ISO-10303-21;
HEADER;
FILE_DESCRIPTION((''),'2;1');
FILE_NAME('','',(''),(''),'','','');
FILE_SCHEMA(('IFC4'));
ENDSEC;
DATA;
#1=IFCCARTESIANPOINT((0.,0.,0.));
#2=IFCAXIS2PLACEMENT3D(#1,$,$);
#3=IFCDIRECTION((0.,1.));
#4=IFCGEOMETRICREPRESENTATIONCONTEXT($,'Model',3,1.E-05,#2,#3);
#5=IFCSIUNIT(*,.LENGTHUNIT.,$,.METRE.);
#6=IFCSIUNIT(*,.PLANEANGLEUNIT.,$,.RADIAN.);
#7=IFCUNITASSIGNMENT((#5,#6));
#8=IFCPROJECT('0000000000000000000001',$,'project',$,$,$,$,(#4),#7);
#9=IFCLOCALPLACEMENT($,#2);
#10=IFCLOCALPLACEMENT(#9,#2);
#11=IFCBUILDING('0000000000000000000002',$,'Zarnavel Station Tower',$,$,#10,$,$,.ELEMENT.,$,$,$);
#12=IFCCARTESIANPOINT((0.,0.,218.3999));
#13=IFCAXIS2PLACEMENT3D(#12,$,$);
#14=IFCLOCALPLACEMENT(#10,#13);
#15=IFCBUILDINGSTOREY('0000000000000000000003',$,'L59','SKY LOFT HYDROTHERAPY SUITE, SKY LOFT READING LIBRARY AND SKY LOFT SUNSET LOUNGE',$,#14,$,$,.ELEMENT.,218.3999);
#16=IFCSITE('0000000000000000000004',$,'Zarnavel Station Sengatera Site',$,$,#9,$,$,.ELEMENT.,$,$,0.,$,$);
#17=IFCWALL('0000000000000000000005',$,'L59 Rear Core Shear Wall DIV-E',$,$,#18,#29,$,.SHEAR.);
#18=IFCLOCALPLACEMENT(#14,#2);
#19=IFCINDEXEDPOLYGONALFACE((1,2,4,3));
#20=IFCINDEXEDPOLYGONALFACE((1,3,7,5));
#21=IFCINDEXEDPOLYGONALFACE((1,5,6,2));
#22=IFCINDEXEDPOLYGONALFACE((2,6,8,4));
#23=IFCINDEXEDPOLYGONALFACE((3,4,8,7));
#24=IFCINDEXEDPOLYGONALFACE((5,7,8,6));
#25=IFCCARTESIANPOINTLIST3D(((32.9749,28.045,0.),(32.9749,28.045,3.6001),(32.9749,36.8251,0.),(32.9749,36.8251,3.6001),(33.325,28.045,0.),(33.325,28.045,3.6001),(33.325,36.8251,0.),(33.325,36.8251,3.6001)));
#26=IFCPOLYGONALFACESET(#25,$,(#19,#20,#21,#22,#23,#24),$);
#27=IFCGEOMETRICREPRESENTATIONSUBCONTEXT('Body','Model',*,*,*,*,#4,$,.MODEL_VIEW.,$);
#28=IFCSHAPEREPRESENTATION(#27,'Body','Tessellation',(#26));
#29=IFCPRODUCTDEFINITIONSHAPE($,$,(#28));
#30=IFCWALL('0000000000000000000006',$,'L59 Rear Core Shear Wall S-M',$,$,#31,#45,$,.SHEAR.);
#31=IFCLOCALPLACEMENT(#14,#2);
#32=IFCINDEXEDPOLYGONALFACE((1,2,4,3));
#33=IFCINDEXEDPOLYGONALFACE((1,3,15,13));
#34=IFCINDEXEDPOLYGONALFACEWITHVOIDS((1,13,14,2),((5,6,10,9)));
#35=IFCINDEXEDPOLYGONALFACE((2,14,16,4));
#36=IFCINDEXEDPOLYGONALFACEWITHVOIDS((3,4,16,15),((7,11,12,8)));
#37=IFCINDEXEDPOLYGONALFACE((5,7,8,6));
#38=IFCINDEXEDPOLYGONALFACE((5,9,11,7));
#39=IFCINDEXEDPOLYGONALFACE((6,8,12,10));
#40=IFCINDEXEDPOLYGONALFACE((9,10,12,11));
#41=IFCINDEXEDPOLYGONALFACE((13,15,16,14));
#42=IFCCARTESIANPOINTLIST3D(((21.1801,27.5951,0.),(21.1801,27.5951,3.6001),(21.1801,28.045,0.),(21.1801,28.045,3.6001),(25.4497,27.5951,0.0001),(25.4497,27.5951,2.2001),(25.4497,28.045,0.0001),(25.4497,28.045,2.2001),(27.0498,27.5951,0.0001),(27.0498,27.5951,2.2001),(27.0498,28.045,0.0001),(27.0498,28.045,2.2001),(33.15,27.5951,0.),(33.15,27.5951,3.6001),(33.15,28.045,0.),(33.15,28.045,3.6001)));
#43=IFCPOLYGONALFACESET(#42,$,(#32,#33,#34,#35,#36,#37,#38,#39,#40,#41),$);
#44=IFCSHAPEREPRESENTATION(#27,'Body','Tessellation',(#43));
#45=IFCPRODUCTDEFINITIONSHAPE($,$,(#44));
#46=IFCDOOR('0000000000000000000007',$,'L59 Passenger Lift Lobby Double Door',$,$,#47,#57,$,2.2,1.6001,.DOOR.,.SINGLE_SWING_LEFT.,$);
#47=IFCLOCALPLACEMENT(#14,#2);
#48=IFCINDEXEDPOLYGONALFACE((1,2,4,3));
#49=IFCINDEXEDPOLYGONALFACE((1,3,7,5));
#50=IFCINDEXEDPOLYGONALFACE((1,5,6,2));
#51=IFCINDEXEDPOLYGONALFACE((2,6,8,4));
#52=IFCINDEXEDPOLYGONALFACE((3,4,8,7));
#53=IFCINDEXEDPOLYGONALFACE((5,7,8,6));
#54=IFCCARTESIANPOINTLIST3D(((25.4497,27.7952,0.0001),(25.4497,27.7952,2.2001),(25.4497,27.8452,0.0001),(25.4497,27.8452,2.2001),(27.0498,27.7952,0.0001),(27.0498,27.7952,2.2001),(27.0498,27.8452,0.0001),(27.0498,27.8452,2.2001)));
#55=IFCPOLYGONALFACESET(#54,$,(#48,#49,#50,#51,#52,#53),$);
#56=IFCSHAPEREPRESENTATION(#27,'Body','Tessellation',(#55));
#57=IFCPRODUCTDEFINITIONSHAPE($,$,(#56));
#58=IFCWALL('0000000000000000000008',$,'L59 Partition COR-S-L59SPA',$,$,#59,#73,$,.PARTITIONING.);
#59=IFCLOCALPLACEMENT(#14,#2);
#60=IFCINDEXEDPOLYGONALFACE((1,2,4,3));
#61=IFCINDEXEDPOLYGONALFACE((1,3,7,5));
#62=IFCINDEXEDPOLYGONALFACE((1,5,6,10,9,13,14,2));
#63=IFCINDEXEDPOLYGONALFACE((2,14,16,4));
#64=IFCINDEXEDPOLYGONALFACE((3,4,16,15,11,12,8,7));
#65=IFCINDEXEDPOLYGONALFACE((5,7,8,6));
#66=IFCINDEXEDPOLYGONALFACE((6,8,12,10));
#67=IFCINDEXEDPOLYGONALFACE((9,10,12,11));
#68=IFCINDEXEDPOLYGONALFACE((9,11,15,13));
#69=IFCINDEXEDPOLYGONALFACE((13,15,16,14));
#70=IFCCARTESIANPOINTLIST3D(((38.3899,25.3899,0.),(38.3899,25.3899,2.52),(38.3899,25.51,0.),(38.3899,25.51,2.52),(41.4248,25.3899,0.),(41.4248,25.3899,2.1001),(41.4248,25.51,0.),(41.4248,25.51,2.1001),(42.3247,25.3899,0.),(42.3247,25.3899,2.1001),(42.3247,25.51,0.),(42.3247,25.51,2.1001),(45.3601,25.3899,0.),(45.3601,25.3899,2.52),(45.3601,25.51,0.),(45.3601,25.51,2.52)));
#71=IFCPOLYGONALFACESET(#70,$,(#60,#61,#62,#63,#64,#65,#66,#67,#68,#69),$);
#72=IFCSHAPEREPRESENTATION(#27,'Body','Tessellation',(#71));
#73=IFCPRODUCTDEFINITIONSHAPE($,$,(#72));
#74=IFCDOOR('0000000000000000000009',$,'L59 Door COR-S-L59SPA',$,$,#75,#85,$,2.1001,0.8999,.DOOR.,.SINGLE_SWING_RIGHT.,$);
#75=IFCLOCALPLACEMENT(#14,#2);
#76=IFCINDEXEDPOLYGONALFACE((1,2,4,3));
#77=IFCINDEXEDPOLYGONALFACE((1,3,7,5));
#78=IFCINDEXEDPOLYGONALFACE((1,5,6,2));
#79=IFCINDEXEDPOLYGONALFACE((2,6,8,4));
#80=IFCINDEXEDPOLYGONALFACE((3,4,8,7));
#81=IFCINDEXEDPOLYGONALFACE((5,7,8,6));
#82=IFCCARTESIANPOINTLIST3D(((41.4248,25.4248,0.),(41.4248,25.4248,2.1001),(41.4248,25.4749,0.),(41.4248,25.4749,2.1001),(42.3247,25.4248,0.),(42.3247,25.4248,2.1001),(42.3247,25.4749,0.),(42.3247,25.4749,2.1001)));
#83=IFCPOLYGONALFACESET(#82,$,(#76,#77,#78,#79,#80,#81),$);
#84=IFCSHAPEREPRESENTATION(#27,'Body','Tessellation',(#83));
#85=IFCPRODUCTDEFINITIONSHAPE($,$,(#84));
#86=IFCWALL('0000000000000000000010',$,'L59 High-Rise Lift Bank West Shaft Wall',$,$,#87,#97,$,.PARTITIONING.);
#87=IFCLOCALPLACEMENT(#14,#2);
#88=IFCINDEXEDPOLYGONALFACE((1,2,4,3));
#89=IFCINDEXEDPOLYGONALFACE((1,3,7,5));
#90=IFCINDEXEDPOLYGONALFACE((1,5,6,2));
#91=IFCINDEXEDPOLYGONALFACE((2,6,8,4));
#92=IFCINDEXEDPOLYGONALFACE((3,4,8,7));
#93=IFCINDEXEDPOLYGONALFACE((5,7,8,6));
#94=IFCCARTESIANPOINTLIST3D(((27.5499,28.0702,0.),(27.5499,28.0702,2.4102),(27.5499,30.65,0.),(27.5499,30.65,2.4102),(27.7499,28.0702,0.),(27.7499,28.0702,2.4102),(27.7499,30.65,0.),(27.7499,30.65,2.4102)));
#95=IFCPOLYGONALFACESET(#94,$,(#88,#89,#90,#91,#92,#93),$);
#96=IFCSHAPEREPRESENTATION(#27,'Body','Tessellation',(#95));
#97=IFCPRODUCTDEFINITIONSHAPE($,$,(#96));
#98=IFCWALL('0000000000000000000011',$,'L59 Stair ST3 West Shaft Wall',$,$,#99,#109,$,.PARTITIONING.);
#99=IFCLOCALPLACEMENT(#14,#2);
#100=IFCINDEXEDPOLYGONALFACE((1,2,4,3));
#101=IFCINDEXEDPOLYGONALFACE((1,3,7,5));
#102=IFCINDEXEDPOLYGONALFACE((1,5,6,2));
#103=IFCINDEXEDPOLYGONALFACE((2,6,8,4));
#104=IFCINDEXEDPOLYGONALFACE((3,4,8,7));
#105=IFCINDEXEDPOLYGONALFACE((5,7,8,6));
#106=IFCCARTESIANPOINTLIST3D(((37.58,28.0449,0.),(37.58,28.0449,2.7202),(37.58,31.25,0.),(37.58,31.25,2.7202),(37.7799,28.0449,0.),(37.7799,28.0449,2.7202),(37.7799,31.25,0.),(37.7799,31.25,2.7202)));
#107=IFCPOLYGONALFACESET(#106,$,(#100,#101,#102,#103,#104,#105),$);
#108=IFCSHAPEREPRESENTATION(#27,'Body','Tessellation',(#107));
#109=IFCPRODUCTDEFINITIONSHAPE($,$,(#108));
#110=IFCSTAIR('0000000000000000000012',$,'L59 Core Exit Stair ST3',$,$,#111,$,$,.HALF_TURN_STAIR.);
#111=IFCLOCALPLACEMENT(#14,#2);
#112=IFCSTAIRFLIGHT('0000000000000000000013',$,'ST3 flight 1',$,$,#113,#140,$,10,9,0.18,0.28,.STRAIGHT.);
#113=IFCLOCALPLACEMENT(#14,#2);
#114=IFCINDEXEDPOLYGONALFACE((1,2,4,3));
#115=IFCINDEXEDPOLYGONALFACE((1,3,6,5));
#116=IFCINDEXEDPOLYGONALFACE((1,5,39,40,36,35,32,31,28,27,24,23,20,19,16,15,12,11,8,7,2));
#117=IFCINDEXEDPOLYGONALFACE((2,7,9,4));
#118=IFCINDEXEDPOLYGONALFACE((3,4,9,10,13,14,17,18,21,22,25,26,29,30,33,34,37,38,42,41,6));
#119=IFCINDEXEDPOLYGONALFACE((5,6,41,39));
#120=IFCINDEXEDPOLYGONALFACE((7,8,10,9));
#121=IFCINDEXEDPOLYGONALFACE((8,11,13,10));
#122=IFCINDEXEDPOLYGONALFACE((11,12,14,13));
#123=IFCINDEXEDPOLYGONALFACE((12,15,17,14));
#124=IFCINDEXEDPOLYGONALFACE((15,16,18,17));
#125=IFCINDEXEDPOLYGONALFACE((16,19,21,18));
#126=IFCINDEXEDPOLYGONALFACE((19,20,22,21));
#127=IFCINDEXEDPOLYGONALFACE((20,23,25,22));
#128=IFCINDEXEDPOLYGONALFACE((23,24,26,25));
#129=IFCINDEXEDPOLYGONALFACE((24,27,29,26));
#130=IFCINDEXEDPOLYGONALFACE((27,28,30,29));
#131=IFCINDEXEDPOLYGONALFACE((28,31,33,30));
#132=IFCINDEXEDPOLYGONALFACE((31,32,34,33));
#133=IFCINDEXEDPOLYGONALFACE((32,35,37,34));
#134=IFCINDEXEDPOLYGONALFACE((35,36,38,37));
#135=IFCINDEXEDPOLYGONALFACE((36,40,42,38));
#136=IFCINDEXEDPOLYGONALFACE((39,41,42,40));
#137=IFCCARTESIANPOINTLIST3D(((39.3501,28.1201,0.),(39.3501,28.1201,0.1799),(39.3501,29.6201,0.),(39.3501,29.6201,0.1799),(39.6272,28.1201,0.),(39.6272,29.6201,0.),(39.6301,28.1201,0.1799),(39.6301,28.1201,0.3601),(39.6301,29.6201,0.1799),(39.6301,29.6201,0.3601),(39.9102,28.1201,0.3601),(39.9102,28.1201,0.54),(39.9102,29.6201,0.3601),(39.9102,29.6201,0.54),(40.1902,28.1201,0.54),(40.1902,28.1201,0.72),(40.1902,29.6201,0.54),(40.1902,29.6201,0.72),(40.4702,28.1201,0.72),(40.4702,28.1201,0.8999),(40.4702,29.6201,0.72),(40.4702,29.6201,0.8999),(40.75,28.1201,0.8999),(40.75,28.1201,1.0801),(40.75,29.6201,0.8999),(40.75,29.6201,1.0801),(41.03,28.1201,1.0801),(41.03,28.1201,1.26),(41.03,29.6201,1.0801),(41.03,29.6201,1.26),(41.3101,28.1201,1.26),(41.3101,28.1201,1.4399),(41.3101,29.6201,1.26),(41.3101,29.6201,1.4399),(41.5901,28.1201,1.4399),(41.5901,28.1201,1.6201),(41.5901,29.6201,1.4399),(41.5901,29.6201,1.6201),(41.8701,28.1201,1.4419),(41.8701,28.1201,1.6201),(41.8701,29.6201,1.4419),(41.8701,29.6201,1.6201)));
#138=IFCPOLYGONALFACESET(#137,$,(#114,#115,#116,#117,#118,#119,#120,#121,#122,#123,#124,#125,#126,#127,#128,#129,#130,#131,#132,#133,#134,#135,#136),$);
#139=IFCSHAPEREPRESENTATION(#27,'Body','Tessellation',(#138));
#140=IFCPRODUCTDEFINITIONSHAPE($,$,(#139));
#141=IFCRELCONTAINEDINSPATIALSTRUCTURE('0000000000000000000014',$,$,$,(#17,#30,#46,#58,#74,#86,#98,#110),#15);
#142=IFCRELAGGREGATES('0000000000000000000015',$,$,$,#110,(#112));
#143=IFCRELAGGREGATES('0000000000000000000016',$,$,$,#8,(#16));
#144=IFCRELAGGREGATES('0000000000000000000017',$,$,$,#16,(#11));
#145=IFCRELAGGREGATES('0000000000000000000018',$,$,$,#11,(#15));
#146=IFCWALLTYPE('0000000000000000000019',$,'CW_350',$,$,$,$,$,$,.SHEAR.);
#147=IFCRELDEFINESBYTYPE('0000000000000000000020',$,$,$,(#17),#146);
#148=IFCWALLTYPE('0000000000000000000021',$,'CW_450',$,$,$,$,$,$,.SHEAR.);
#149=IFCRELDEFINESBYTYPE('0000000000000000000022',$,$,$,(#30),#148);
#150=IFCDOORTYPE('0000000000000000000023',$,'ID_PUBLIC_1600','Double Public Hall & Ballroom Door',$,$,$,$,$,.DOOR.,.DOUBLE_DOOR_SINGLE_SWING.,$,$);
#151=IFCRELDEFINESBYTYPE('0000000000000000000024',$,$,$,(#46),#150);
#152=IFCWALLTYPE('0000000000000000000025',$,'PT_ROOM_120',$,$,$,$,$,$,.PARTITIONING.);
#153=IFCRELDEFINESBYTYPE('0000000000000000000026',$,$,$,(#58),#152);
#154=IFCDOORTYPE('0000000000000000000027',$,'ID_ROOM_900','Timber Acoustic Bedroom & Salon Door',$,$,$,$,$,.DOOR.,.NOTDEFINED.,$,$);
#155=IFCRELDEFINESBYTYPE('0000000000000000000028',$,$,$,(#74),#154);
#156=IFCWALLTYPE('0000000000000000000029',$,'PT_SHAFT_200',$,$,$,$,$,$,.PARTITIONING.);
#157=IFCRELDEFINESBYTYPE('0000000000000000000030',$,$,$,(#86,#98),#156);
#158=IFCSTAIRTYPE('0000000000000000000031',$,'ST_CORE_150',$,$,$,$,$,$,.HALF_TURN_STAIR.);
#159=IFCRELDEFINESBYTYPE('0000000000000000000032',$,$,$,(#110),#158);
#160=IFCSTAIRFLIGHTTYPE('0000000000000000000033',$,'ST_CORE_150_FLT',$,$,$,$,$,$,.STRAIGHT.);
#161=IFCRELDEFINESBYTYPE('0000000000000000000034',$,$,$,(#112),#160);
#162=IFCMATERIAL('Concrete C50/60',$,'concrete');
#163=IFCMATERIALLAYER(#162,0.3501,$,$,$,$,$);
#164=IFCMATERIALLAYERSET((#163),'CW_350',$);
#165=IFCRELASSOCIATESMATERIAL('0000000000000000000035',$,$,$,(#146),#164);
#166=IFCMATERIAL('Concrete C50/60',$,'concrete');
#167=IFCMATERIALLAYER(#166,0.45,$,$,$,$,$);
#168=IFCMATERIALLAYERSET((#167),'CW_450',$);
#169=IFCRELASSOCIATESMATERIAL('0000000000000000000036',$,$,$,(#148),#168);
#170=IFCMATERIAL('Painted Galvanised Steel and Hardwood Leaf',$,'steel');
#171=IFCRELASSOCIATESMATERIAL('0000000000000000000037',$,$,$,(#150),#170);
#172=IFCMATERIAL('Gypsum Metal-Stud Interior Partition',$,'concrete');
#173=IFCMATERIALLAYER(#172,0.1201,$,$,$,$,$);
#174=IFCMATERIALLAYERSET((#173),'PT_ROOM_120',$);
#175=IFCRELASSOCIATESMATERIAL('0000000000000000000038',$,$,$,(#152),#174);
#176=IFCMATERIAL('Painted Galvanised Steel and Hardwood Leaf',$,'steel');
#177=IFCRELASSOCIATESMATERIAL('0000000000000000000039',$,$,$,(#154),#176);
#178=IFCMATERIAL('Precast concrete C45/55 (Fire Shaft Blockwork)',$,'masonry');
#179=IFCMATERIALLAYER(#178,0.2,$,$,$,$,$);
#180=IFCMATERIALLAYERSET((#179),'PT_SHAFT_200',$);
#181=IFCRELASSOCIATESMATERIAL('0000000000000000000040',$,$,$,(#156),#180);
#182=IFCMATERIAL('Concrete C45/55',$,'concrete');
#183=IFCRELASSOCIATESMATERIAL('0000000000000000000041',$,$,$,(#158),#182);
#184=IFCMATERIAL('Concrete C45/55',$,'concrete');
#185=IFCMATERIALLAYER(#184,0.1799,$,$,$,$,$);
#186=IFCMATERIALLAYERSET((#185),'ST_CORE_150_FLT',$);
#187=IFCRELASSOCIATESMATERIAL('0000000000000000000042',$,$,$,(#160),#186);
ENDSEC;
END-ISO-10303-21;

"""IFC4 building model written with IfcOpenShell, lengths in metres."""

from ifc_helpers import new_model, si_unit, direction, frame, frame_2d, origin, place, context, subcontext, project, spatial, polyline, rectangle, outline, extrude, material, layer, layer_set, type_object, element, fill, aggregate, save


model = new_model("IFC4")

# Units and contexts
model_context = context("Model", 3, precision=1e-05, world=origin(), true_north=direction((0.0, 1.0)))
body_context = subcontext(model_context, "Body", "Model", "MODEL_VIEW")
ifc_project = project(units=[si_unit("LENGTHUNIT", "METRE"), si_unit("PLANEANGLEUNIT", "RADIAN")], contexts=[model_context])

# Site, building, storey
site_placement = place(None, origin())
site = spatial("IfcSite", under=ifc_project, at=site_placement, Name="Zarnavel Station Sengatera Site", CompositionType="ELEMENT", RefElevation=0.0)
building_placement = place(site_placement, origin())
building = spatial("IfcBuilding", under=site, at=building_placement, Name="Zarnavel Station Tower", CompositionType="ELEMENT")
storey_placement = place(building_placement, frame((0.0, 0.0, 218.3999)))
storey = spatial("IfcBuildingStorey", under=building, at=storey_placement, Name="L59", Description="SKY LOFT HYDROTHERAPY SUITE, SKY LOFT READING LIBRARY AND SKY LOFT SUNSET LOUNGE", CompositionType="ELEMENT", Elevation=218.3999)

# Wall
ifc_material_1 = material(Name="Concrete C50/60", Category="concrete")
ifc_layer_1 = layer(ifc_material_1, 0.3501)
ifc_layer_set_1 = layer_set([ifc_layer_1], Name="CW_350")
wall_type_1 = type_object("IfcWallType", Name="CW_350", PredefinedType="SHEAR", material=ifc_layer_set_1)
wall_1_placement = place(storey_placement, frame((33.1499, 28.0449, 0.0), z_axis=(0.0, 0.0, 1.0), x_axis=(0.0, 1.0, 0.0)))
element("IfcWall", 1, at=wall_1_placement, inside=storey, type_object=wall_type_1, Name="L59 Rear Core Shear Wall DIV-E", PredefinedType="SHEAR", context=body_context, shape_type="SweptSolid", body=[
    extrude(rectangle(XDim=8.78, YDim=0.3501, at=frame_2d((4.3901, 0.0))), origin(), (0.0, 0.0, 1.0), 3.6001),
])

# Walls, openings, doors
ifc_material_2 = material(Name="Concrete C50/60", Category="concrete")
ifc_layer_2 = layer(ifc_material_2, 0.45)
ifc_layer_set_2 = layer_set([ifc_layer_2], Name="CW_450")
wall_type_2 = type_object("IfcWallType", Name="CW_450", PredefinedType="SHEAR", material=ifc_layer_set_2)
wall_2_placement = place(storey_placement, frame((33.1499, 27.8201, 0.0), z_axis=(0.0, 0.0, 1.0), x_axis=(-1.0, 0.0, 0.0)))
wall_2 = element("IfcWall", 2, at=wall_2_placement, inside=storey, type_object=wall_type_2, Name="L59 Rear Core Shear Wall S-M", PredefinedType="SHEAR", context=body_context, shape_type="SweptSolid", body=[
    extrude(rectangle(XDim=11.97, YDim=0.45, at=frame_2d((5.9849, 0.0))), origin(), (0.0, 0.0, 1.0), 3.6001),
])
opening_1_placement = place(wall_2_placement, frame((6.1001, 0.0, 0.0)))
opening_1 = element("IfcOpeningElement", 3, at=opening_1_placement, cuts=wall_2, PredefinedType="OPENING", context=body_context, shape_type="SweptSolid", body=[
    extrude(rectangle(XDim=1.6001, YDim=2.2, at=frame_2d((0.8, 1.1001))), frame((0.0, 0.2349, 0.0), z_axis=(0.0, -1.0, 0.0), x_axis=(1.0, 0.0, 0.0)), (0.0, 0.0, 1.0), 0.47),
])
ifc_material_3 = material(Name="Painted Galvanised Steel and Hardwood Leaf", Category="steel")
door_type_1 = type_object("IfcDoorType", Name="ID_PUBLIC_1600", Description="Double Public Hall & Ballroom Door", OperationType="DOUBLE_DOOR_SINGLE_SWING", PredefinedType="DOOR", material=ifc_material_3)
door_1_placement = place(opening_1_placement, origin())
door_1 = element("IfcDoor", 4, at=door_1_placement, inside=storey, type_object=door_type_1, Name="L59 Passenger Lift Lobby Double Door", OperationType="SINGLE_SWING_LEFT", OverallHeight=2.2, OverallWidth=1.6001, PredefinedType="DOOR", context=body_context, shape_type="SweptSolid", body=[
    extrude(rectangle(XDim=1.6001, YDim=2.2, at=frame_2d((0.8, 1.1001))), frame((0.0, 0.0249, 0.0), z_axis=(0.0, -1.0, 0.0), x_axis=(1.0, 0.0, 0.0)), (0.0, 0.0, 1.0), 0.05),
])
fill(opening_1, door_1)
ifc_material_4 = material(Name="Gypsum Metal-Stud Interior Partition", Category="concrete")
ifc_layer_3 = layer(ifc_material_4, 0.1201)
ifc_layer_set_3 = layer_set([ifc_layer_3], Name="PT_ROOM_120")
wall_type_3 = type_object("IfcWallType", Name="PT_ROOM_120", PredefinedType="PARTITIONING", material=ifc_layer_set_3)
wall_3_placement = place(storey_placement, frame((38.3899, 25.45, 0.0), z_axis=(0.0, 0.0, 1.0), x_axis=(1.0, 0.0, 0.0)))
wall_3 = element("IfcWall", 5, at=wall_3_placement, inside=storey, type_object=wall_type_3, Name="L59 Partition COR-S-L59SPA", PredefinedType="PARTITIONING", context=body_context, shape_type="SweptSolid", body=[
    extrude(rectangle(XDim=6.9702, YDim=0.1201, at=frame_2d((3.4851, 0.0))), origin(), (0.0, 0.0, 1.0), 2.52),
])
opening_2_placement = place(wall_3_placement, frame((3.0349, 0.0, 0.0)))
opening_2 = element("IfcOpeningElement", 6, at=opening_2_placement, cuts=wall_3, PredefinedType="OPENING", context=body_context, shape_type="SweptSolid", body=[
    extrude(rectangle(XDim=0.8999, YDim=2.1001, at=frame_2d((0.45, 1.05))), frame((0.0, 0.0701, 0.0), z_axis=(0.0, -1.0, 0.0), x_axis=(1.0, 0.0, 0.0)), (0.0, 0.0, 1.0), 0.1401),
])
ifc_material_5 = material(Name="Painted Galvanised Steel and Hardwood Leaf", Category="steel")
door_type_2 = type_object("IfcDoorType", Name="ID_ROOM_900", Description="Timber Acoustic Bedroom & Salon Door", OperationType="NOTDEFINED", PredefinedType="DOOR", material=ifc_material_5)
door_2_placement = place(opening_2_placement, origin())
door_2 = element("IfcDoor", 7, at=door_2_placement, inside=storey, type_object=door_type_2, Name="L59 Door COR-S-L59SPA", OperationType="SINGLE_SWING_RIGHT", OverallHeight=2.1001, OverallWidth=0.8999, PredefinedType="DOOR", context=body_context, shape_type="SweptSolid", body=[
    extrude(rectangle(XDim=0.8999, YDim=2.1001, at=frame_2d((0.45, 1.05))), frame((0.0, 0.0249, 0.0), z_axis=(0.0, -1.0, 0.0), x_axis=(1.0, 0.0, 0.0)), (0.0, 0.0, 1.0), 0.05),
])
fill(opening_2, door_2)

# Walls
ifc_material_6 = material(Name="Precast concrete C45/55 (Fire Shaft Blockwork)", Category="masonry")
ifc_layer_4 = layer(ifc_material_6, 0.2)
ifc_layer_set_4 = layer_set([ifc_layer_4], Name="PT_SHAFT_200")
wall_type_4 = type_object("IfcWallType", Name="PT_SHAFT_200", PredefinedType="PARTITIONING", material=ifc_layer_set_4)
wall_4_placement = place(storey_placement, frame((27.6499, 28.0701, 0.0), z_axis=(0.0, 0.0, 1.0), x_axis=(0.0, 1.0, 0.0)))
element("IfcWall", 8, at=wall_4_placement, inside=storey, type_object=wall_type_4, Name="L59 High-Rise Lift Bank West Shaft Wall", PredefinedType="PARTITIONING", context=body_context, shape_type="SweptSolid", body=[
    extrude(rectangle(XDim=2.5798, YDim=0.2, at=frame_2d((1.29, 0.0))), origin(), (0.0, 0.0, 1.0), 2.4102),
])
wall_5_placement = place(storey_placement, frame((37.6799, 28.0449, 0.0), z_axis=(0.0, 0.0, 1.0), x_axis=(0.0, 1.0, 0.0)))
element("IfcWall", 9, at=wall_5_placement, inside=storey, type_object=wall_type_4, Name="L59 Stair ST3 West Shaft Wall", PredefinedType="PARTITIONING", context=body_context, shape_type="SweptSolid", body=[
    extrude(rectangle(XDim=3.2051, YDim=0.2, at=frame_2d((1.6025, 0.0))), origin(), (0.0, 0.0, 1.0), 2.7202),
])

# Stair, stair flight
ifc_material_7 = material(Name="Concrete C45/55", Category="concrete")
stair_type = type_object("IfcStairType", Name="ST_CORE_150", PredefinedType="HALF_TURN_STAIR", material=ifc_material_7)
stair_placement = place(storey_placement, origin())
stair = element("IfcStair", 10, at=stair_placement, inside=storey, type_object=stair_type, Name="L59 Core Exit Stair ST3", PredefinedType="HALF_TURN_STAIR")
ifc_material_8 = material(Name="Concrete C45/55", Category="concrete")
ifc_layer_5 = layer(ifc_material_8, 0.1799)
ifc_layer_set_5 = layer_set([ifc_layer_5], Name="ST_CORE_150_FLT")
stair_flight_type = type_object("IfcStairFlightType", Name="ST_CORE_150_FLT", PredefinedType="STRAIGHT", material=ifc_layer_set_5)
stair_flight_placement = place(storey_placement, frame((39.3501, 28.8701, 0.0), z_axis=(0.0, 0.0, 1.0), x_axis=(1.0, 0.0, 0.0)))
stair_flight = element("IfcStairFlight", 11, at=stair_flight_placement, type_object=stair_flight_type, Name="ST3 flight 1", NumberOfRisers=10, NumberOfTreads=9, PredefinedType="STRAIGHT", RiserHeight=0.18, TreadLength=0.28, context=body_context, shape_type="SweptSolid", body=[
    extrude(outline(polyline([(0.0, 0.0), (0.0, 0.1799), (0.28, 0.1799), (0.28, 0.3601), (0.5601, 0.3601), (0.5601, 0.54), (0.8401, 0.54), (0.8401, 0.72), (1.1201, 0.72), (1.1201, 0.8999), (1.3999, 0.8999), (1.3999, 1.0801), (1.6799, 1.0801), (1.6799, 1.26), (1.96, 1.26), (1.96, 1.4399), (2.24, 1.4399), (2.24, 1.6201), (2.52, 1.6201), (2.52, 1.8), (2.52, 1.4419), (0.2771, 0.0), (0.0, 0.0)])), frame((0.0, 0.75, 0.0), z_axis=(0.0, -1.0, 0.0), x_axis=(1.0, 0.0, 0.0)), (0.0, 0.0, 1.0), 1.5),
])
aggregate(stair, [stair_flight])

save(model, "model.ifc")
